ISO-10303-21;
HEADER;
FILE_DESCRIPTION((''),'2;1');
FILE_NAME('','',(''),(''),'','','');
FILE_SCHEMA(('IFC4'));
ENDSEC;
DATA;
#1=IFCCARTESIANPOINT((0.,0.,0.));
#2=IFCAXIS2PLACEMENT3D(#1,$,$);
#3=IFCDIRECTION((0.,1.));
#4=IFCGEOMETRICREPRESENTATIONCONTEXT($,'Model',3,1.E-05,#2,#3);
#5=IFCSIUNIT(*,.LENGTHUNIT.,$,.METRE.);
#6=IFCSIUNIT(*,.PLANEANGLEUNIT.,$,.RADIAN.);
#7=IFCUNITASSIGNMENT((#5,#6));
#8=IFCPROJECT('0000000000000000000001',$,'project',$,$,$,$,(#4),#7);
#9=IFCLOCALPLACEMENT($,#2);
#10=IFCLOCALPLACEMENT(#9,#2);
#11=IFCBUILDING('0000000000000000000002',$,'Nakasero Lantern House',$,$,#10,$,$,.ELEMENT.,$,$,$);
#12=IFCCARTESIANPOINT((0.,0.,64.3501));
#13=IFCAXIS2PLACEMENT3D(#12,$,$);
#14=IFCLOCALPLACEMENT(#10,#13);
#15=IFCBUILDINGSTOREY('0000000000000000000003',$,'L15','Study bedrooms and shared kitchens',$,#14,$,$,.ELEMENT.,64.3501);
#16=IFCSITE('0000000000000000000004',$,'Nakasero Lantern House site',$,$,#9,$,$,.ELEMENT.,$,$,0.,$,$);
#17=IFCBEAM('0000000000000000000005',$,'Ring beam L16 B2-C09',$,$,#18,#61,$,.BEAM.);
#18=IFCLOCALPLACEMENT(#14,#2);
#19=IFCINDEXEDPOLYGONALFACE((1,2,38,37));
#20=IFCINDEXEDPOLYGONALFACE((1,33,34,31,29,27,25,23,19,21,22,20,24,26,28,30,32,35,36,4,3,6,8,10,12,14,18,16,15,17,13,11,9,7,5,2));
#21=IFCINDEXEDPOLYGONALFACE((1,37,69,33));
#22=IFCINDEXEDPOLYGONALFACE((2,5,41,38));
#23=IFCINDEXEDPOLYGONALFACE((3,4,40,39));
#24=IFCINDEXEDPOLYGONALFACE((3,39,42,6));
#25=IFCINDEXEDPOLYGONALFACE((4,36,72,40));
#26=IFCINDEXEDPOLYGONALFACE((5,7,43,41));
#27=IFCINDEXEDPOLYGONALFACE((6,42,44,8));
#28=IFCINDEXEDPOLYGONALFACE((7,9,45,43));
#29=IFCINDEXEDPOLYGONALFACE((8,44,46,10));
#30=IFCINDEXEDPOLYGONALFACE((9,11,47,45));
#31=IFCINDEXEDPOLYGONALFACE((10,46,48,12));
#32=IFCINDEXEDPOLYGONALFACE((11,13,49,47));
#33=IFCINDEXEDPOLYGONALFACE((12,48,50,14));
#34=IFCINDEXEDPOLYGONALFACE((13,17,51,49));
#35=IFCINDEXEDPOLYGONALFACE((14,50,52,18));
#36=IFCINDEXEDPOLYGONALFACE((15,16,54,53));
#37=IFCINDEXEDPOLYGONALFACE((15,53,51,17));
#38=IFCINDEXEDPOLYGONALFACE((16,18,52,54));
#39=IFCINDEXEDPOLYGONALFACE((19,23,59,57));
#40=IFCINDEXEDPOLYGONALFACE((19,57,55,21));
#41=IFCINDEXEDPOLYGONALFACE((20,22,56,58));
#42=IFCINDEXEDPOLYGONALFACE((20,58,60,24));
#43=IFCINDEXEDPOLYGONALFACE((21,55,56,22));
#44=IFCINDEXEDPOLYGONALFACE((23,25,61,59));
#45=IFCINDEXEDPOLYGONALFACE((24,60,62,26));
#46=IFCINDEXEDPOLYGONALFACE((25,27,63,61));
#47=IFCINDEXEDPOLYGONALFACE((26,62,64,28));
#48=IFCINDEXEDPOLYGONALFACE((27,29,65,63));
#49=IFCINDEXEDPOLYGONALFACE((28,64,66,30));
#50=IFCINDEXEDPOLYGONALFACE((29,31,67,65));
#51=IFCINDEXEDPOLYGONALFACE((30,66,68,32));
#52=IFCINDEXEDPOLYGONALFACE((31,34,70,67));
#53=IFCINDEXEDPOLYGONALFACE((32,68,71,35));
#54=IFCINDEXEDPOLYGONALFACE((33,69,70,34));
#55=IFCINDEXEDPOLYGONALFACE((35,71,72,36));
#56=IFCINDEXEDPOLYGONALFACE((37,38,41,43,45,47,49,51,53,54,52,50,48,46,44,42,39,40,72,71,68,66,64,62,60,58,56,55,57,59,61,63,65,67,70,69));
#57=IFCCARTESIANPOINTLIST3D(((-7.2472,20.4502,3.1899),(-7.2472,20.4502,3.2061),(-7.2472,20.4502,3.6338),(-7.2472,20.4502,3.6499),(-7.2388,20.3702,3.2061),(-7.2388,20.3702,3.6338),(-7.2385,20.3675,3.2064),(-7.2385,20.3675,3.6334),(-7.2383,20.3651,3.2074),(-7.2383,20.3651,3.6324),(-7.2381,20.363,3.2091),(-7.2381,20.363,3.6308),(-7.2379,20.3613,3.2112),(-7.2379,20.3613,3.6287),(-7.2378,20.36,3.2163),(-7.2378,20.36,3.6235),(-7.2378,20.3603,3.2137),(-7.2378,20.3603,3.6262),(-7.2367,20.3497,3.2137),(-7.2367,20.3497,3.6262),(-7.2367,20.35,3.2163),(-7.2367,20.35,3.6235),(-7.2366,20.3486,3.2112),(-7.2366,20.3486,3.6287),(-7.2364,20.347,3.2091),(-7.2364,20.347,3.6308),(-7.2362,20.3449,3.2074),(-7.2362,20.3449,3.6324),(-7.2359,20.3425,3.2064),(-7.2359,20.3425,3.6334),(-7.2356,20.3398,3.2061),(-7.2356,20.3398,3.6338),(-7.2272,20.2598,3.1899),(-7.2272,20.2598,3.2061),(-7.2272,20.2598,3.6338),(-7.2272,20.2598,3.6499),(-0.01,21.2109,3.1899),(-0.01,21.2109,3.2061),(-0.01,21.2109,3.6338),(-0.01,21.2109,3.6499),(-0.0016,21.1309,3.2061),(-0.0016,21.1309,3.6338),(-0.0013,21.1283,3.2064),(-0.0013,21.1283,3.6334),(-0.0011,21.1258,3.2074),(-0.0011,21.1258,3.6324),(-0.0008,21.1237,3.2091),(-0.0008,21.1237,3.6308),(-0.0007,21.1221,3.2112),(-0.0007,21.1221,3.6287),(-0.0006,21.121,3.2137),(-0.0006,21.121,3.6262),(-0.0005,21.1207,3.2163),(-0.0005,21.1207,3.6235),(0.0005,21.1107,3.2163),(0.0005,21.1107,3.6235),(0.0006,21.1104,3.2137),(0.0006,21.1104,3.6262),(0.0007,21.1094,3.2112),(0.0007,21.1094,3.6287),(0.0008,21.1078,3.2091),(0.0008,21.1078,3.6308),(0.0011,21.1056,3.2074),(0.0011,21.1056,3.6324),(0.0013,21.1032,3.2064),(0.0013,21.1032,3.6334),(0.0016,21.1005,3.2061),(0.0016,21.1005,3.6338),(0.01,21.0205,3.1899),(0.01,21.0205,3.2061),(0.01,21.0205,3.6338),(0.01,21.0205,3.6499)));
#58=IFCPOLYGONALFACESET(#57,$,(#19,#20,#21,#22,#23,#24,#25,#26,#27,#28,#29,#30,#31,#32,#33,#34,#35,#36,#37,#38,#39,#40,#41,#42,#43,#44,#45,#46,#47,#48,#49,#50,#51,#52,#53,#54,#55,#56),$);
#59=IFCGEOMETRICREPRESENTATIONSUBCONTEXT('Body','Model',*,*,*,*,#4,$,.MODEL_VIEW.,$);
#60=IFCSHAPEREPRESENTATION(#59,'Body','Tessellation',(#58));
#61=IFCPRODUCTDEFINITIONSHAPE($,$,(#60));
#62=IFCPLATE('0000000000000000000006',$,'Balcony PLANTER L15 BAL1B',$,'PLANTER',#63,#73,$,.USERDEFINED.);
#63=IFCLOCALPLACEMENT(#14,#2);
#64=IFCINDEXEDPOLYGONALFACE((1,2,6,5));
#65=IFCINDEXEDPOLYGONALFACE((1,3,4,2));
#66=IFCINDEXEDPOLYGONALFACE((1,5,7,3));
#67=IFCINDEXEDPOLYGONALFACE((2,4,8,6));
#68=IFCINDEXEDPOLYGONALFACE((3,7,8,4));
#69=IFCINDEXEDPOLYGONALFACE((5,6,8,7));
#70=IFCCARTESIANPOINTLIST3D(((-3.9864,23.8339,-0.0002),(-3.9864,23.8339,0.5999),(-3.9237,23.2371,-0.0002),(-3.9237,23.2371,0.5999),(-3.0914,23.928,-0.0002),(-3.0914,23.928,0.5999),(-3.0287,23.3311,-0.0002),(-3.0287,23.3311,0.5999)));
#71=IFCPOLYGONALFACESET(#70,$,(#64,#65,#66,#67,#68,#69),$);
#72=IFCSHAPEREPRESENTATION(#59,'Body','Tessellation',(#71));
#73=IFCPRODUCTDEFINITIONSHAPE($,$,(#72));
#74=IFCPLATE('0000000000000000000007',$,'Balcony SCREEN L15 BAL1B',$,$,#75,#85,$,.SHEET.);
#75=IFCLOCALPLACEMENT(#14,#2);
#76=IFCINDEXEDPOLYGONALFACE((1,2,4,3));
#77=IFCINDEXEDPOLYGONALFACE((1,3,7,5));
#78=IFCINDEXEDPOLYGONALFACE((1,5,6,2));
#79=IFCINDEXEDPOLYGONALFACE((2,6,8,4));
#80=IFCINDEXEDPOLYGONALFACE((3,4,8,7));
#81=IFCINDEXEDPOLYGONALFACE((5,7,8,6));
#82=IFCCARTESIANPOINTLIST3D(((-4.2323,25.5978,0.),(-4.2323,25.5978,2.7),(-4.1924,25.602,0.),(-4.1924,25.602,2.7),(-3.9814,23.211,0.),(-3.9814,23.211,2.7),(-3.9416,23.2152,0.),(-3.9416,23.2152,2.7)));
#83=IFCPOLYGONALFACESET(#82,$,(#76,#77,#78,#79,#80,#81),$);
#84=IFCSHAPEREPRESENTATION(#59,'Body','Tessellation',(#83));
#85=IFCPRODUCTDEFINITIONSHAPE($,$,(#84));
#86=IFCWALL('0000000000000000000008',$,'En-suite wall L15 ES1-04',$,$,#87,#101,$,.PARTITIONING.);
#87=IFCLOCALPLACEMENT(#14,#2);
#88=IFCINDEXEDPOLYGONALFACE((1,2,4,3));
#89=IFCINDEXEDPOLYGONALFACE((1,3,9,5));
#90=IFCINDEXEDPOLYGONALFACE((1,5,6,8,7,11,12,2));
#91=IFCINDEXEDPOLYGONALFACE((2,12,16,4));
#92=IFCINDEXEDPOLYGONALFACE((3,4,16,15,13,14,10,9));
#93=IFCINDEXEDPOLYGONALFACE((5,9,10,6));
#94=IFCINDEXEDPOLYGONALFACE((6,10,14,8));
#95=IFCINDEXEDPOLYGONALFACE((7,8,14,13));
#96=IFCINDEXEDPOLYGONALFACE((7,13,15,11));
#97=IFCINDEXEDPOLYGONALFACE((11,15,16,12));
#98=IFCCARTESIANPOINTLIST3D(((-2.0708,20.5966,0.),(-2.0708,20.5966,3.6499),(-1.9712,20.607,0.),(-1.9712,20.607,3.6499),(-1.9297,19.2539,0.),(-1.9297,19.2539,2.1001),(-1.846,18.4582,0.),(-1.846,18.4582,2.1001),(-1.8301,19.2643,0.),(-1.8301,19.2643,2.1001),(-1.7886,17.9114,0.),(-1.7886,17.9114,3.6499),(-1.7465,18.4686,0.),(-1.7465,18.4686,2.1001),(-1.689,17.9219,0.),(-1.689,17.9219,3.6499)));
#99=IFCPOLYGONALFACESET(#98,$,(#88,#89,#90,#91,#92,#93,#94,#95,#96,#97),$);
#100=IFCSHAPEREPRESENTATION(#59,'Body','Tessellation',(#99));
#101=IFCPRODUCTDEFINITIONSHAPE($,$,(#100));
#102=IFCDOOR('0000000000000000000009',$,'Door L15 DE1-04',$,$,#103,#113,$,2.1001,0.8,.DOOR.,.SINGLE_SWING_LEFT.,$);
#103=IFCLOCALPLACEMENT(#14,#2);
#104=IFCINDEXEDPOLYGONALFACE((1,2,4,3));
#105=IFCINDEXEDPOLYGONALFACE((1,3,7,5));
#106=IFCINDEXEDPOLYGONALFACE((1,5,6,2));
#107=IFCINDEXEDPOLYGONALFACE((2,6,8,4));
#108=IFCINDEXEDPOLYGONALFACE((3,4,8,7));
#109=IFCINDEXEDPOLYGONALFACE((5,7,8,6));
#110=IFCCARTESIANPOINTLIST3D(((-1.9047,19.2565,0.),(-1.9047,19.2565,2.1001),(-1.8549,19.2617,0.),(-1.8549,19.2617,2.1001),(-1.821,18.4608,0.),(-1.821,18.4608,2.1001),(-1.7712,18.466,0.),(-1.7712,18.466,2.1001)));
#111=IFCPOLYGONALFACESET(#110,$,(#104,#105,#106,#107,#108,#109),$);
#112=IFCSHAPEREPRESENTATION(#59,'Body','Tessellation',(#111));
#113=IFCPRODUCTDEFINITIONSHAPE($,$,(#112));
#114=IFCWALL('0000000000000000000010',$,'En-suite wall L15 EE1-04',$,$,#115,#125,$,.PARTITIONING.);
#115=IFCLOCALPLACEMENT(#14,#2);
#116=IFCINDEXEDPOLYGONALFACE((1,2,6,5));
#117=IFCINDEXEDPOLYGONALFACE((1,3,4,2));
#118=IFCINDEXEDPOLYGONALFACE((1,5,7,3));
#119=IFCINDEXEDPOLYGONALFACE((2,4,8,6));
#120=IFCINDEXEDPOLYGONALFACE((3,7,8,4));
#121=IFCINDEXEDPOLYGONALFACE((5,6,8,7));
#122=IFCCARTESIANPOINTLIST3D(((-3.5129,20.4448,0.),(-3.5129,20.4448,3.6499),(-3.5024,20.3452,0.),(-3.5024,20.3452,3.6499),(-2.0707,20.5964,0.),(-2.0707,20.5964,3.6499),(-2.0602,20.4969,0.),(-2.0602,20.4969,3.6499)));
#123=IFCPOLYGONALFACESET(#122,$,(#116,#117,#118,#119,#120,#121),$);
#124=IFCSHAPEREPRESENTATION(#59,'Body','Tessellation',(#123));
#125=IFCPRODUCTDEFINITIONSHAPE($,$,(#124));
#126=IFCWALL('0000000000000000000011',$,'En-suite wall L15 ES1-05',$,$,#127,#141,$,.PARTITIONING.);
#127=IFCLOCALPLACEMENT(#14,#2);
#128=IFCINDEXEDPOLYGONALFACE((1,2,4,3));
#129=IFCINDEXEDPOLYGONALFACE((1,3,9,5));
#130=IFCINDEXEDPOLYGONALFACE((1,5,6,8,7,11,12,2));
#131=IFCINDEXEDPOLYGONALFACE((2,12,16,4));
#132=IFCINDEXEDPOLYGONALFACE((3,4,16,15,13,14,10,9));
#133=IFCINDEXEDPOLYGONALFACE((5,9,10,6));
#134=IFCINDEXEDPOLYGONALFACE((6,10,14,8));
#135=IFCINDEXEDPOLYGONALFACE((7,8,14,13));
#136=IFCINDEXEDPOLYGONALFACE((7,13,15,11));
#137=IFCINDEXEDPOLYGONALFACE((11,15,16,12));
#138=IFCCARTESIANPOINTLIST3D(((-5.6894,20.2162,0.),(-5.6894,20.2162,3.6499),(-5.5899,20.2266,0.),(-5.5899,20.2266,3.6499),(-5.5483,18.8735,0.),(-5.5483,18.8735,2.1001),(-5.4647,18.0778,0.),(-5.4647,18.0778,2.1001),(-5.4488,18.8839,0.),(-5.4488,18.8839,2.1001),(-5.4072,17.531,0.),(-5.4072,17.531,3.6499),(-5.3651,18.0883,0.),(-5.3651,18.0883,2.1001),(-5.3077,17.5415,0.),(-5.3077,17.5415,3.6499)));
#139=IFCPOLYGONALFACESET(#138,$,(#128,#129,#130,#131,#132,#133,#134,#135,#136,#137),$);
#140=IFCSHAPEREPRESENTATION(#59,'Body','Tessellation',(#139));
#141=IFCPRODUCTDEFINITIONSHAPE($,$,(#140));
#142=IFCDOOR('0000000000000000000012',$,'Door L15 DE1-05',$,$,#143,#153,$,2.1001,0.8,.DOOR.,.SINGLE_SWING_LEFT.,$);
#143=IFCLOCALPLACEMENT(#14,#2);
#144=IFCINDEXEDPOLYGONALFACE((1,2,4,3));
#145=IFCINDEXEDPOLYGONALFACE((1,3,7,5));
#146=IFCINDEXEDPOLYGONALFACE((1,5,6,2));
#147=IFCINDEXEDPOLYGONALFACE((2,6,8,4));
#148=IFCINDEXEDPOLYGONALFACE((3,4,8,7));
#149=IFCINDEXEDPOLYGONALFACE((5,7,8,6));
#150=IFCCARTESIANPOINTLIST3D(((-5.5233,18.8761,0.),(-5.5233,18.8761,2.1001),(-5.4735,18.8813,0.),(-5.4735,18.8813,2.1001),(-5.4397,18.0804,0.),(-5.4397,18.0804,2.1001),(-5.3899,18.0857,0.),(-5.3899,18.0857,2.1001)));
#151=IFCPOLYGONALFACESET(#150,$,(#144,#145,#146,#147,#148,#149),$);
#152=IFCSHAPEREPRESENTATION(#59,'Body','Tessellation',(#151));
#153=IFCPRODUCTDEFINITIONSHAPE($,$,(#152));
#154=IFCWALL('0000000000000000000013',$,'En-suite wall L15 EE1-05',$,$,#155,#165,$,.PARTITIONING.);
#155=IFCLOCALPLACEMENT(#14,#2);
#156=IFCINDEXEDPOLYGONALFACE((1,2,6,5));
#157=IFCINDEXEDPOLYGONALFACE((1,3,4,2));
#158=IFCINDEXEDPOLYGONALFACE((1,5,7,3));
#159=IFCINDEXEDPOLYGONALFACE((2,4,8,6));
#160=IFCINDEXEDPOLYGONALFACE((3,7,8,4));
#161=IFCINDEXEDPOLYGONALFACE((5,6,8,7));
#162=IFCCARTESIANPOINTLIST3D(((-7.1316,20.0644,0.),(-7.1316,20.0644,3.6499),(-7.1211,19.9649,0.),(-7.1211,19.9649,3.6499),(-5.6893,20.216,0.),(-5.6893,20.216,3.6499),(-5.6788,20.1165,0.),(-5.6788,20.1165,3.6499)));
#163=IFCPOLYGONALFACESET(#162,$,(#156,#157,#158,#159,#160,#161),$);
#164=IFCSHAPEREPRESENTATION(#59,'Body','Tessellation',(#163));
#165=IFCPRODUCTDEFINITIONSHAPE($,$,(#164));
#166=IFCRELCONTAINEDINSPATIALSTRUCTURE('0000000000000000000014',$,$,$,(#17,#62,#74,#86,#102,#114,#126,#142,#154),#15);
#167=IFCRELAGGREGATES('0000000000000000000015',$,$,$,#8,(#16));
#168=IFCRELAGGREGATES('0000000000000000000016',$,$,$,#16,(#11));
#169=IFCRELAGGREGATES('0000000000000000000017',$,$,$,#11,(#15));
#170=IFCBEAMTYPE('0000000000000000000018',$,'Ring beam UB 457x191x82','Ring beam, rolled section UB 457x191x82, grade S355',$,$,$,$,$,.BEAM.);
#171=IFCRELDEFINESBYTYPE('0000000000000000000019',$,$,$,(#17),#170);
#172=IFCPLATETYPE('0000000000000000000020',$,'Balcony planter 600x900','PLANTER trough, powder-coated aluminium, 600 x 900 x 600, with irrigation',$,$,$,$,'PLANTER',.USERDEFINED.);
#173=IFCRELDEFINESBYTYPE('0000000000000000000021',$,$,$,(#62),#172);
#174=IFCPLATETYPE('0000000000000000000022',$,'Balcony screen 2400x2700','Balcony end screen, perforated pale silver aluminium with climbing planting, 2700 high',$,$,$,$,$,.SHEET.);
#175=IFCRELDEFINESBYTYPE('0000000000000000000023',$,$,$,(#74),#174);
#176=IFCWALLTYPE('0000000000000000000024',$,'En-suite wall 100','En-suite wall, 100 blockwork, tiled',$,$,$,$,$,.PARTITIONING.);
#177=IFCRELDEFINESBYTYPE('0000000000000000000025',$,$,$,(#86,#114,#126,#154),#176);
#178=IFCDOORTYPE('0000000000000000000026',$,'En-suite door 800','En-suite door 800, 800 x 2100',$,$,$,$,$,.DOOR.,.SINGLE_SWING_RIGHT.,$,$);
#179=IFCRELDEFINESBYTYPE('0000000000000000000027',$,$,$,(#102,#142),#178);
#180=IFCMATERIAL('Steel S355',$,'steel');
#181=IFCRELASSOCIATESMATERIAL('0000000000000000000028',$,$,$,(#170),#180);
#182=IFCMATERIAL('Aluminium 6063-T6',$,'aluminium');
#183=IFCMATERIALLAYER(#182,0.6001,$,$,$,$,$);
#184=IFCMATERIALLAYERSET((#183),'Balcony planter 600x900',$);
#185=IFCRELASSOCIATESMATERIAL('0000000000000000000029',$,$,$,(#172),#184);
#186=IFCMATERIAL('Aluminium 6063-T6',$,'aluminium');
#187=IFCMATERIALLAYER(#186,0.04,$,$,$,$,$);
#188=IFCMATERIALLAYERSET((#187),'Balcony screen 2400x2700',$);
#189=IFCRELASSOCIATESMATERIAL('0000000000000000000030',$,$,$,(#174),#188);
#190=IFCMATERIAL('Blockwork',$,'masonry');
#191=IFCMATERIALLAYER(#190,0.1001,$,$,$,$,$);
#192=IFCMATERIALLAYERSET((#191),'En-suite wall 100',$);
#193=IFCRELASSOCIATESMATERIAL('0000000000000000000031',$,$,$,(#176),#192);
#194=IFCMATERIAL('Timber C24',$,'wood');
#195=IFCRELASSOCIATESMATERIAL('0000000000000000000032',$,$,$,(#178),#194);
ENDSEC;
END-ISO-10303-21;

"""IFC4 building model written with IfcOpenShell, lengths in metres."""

from ifc_helpers import new_model, si_unit, direction, frame, frame_2d, origin, origin_2d, place, context, subcontext, project, spatial, rectangle, i_section, extrude, material, layer, layer_set, material_profile, profile_set, type_object, element, fill, save


model = new_model("IFC4")

# Units and contexts
model_context = context("Model", 3, precision=1e-05, world=origin(), true_north=direction((0.0, 1.0)))
body_context = subcontext(model_context, "Body", "Model", "MODEL_VIEW")
ifc_project = project(units=[si_unit("LENGTHUNIT", "METRE"), si_unit("PLANEANGLEUNIT", "RADIAN")], contexts=[model_context])

# Site, building, storey
site_placement = place(None, origin())
site = spatial("IfcSite", under=ifc_project, at=site_placement, Name="Nakasero Lantern House site", CompositionType="ELEMENT", RefElevation=0.0)
building_placement = place(site_placement, origin())
building = spatial("IfcBuilding", under=site, at=building_placement, Name="Nakasero Lantern House", CompositionType="ELEMENT")
storey_placement = place(building_placement, frame((0.0, 0.0, 64.3501)))
storey = spatial("IfcBuildingStorey", under=building, at=storey_placement, Name="L15", Description="Study bedrooms and shared kitchens", CompositionType="ELEMENT", Elevation=64.3501)

# Beam
ifc_material_1 = material(Name="Steel S355", Category="steel")
ifc_material_profile_1 = material_profile(ifc_material_1, i_section(OverallWidth=0.1914, OverallDepth=0.46, WebThickness=0.01, FlangeThickness=0.0161, FilletRadius=0.0103, at=origin_2d()), Name="UB 457x191x82")
ifc_profile_set_1 = profile_set([ifc_material_profile_1], Name="Steel S355")
beam_type_1 = type_object("IfcBeamType", Name="Ring beam UB 457x191x82", Description="Ring beam, rolled section UB 457x191x82, grade S355", PredefinedType="BEAM", material=ifc_profile_set_1)
beam_1_placement = place(storey_placement, frame((0.0, 21.1157, 3.4199), z_axis=(-0.994521, -0.104538, 0.0), x_axis=(0.104538, -0.994521, 0.0)))
element("IfcBeam", 1, at=beam_1_placement, inside=storey, type_object=beam_type_1, Name="Ring beam L16 B2-C09", PredefinedType="BEAM", context=body_context, shape_type="SweptSolid", body=[
    extrude(i_section(OverallWidth=0.1914, OverallDepth=0.46, WebThickness=0.01, FlangeThickness=0.0161, FilletRadius=0.0103, at=origin_2d()), origin(), (0.0, 0.0, 1.0), 7.2771),
])

# Plates
ifc_material_2 = material(Name="Aluminium 6063-T6", Category="aluminium")
ifc_layer_1 = layer(ifc_material_2, 0.6001)
ifc_layer_set_1 = layer_set([ifc_layer_1], Name="Balcony planter 600x900")
plate_type_1 = type_object("IfcPlateType", Name="Balcony planter 600x900", Description="PLANTER trough, powder-coated aluminium, 600 x 900 x 600, with irrigation", ElementType="PLANTER", PredefinedType="USERDEFINED", material=ifc_layer_set_1)
plate_1_placement = place(storey_placement, frame((-3.5076, 23.5825, -0.0002), z_axis=(0.0, 0.0, 1.0), x_axis=(-0.104528, 0.994522, 0.0)))
element("IfcPlate", 2, at=plate_1_placement, inside=storey, type_object=plate_type_1, Name="Balcony PLANTER L15 BAL1B", ObjectType="PLANTER", PredefinedType="USERDEFINED", context=body_context, shape_type="SweptSolid", body=[
    extrude(rectangle(XDim=0.6001, YDim=0.8999, at=origin_2d()), origin(), (0.0, 0.0, 1.0), 0.6001),
])
ifc_material_3 = material(Name="Aluminium 6063-T6", Category="aluminium")
ifc_layer_2 = layer(ifc_material_3, 0.04)
ifc_layer_set_2 = layer_set([ifc_layer_2], Name="Balcony screen 2400x2700")
plate_type_2 = type_object("IfcPlateType", Name="Balcony screen 2400x2700", Description="Balcony end screen, perforated pale silver aluminium with climbing planting, 2700 high", PredefinedType="SHEET", material=ifc_layer_set_2)
plate_2_placement = place(storey_placement, frame((-4.0869, 24.4065, 0.0), z_axis=(0.0, 0.0, 1.0), x_axis=(-0.104528, 0.994522, 0.0)))
element("IfcPlate", 3, at=plate_2_placement, inside=storey, type_object=plate_type_2, Name="Balcony SCREEN L15 BAL1B", PredefinedType="SHEET", context=body_context, shape_type="SweptSolid", body=[
    extrude(rectangle(XDim=2.3999, YDim=0.04, at=origin_2d()), origin(), (0.0, 0.0, 1.0), 2.7),
])

# Wall, opening, door
ifc_material_4 = material(Name="Blockwork", Category="masonry")
ifc_layer_3 = layer(ifc_material_4, 0.1001)
ifc_layer_set_3 = layer_set([ifc_layer_3], Name="En-suite wall 100")
wall_type_1 = type_object("IfcWallType", Name="En-suite wall 100", Description="En-suite wall, 100 blockwork, tiled", PredefinedType="PARTITIONING", material=ifc_layer_set_3)
wall_1_placement = place(storey_placement, frame((-1.7388, 17.9165, 0.0), z_axis=(0.0, 0.0, 1.0), x_axis=(-0.104534, 0.994521, 0.0)))
wall_1 = element("IfcWall", 4, at=wall_1_placement, inside=storey, type_object=wall_type_1, Name="En-suite wall L15 ES1-04", PredefinedType="PARTITIONING", context=body_context, shape_type="SweptSolid", body=[
    extrude(rectangle(XDim=2.7, YDim=0.1001, at=frame_2d((1.3501, 0.0))), origin(), (0.0, 0.0, 1.0), 3.6499),
])
opening_1_placement = place(wall_1_placement, frame((0.55, 0.0, 0.0)))
opening_1 = element("IfcOpeningElement", 5, at=opening_1_placement, cuts=wall_1, PredefinedType="OPENING", context=body_context, shape_type="SweptSolid", body=[
    extrude(rectangle(XDim=0.8, YDim=2.1001, at=frame_2d((0.3999, 1.05))), frame((0.0, 0.0701, 0.0), z_axis=(0.0, -1.0, 0.0), x_axis=(1.0, 0.0, 0.0)), (0.0, 0.0, 1.0), 0.1401),
])
ifc_material_5 = material(Name="Timber C24", Category="wood")
door_type = type_object("IfcDoorType", Name="En-suite door 800", Description="En-suite door 800, 800 x 2100", OperationType="SINGLE_SWING_RIGHT", PredefinedType="DOOR", material=ifc_material_5)
door_1_placement = place(opening_1_placement, origin())
door_1 = element("IfcDoor", 6, at=door_1_placement, inside=storey, type_object=door_type, Name="Door L15 DE1-04", OperationType="SINGLE_SWING_LEFT", OverallHeight=2.1001, OverallWidth=0.8, PredefinedType="DOOR", context=body_context, shape_type="SweptSolid", body=[
    extrude(rectangle(XDim=0.8, YDim=2.1001, at=frame_2d((0.3999, 1.05))), frame((0.0, 0.0249, 0.0), z_axis=(0.0, -1.0, 0.0), x_axis=(1.0, 0.0, 0.0)), (0.0, 0.0, 1.0), 0.05),
])
fill(opening_1, door_1)

# Wall
wall_2_placement = place(storey_placement, frame((-2.0654, 20.5466, 0.0), z_axis=(0.0, 0.0, 1.0), x_axis=(-0.994519, -0.104553, 0.0)))
element("IfcWall", 7, at=wall_2_placement, inside=storey, type_object=wall_type_1, Name="En-suite wall L15 EE1-04", PredefinedType="PARTITIONING", context=body_context, shape_type="SweptSolid", body=[
    extrude(rectangle(XDim=1.4502, YDim=0.1001, at=frame_2d((0.7251, 0.0))), origin(), (0.0, 0.0, 1.0), 3.6499),
])

# Wall, opening, door
wall_3_placement = place(storey_placement, frame((-5.3574, 17.5361, 0.0), z_axis=(0.0, 0.0, 1.0), x_axis=(-0.104534, 0.994521, 0.0)))
wall_3 = element("IfcWall", 8, at=wall_3_placement, inside=storey, type_object=wall_type_1, Name="En-suite wall L15 ES1-05", PredefinedType="PARTITIONING", context=body_context, shape_type="SweptSolid", body=[
    extrude(rectangle(XDim=2.7, YDim=0.1001, at=frame_2d((1.3501, 0.0))), origin(), (0.0, 0.0, 1.0), 3.6499),
])
opening_2_placement = place(wall_3_placement, frame((0.55, 0.0, 0.0)))
opening_2 = element("IfcOpeningElement", 9, at=opening_2_placement, cuts=wall_3, PredefinedType="OPENING", context=body_context, shape_type="SweptSolid", body=[
    extrude(rectangle(XDim=0.8, YDim=2.1001, at=frame_2d((0.3999, 1.05))), frame((0.0, 0.0701, 0.0), z_axis=(0.0, -1.0, 0.0), x_axis=(1.0, 0.0, 0.0)), (0.0, 0.0, 1.0), 0.1401),
])
door_2_placement = place(opening_2_placement, origin())
door_2 = element("IfcDoor", 10, at=door_2_placement, inside=storey, type_object=door_type, Name="Door L15 DE1-05", OperationType="SINGLE_SWING_LEFT", OverallHeight=2.1001, OverallWidth=0.8, PredefinedType="DOOR", context=body_context, shape_type="SweptSolid", body=[
    extrude(rectangle(XDim=0.8, YDim=2.1001, at=frame_2d((0.3999, 1.05))), frame((0.0, 0.0249, 0.0), z_axis=(0.0, -1.0, 0.0), x_axis=(1.0, 0.0, 0.0)), (0.0, 0.0, 1.0), 0.05),
])
fill(opening_2, door_2)

# Wall
wall_4_placement = place(storey_placement, frame((-5.6841, 20.1663, 0.0), z_axis=(0.0, 0.0, 1.0), x_axis=(-0.994519, -0.104553, 0.0)))
element("IfcWall", 11, at=wall_4_placement, inside=storey, type_object=wall_type_1, Name="En-suite wall L15 EE1-05", PredefinedType="PARTITIONING", context=body_context, shape_type="SweptSolid", body=[
    extrude(rectangle(XDim=1.4502, YDim=0.1001, at=frame_2d((0.7251, 0.0))), origin(), (0.0, 0.0, 1.0), 3.6499),
])

save(model, "model.ifc")
